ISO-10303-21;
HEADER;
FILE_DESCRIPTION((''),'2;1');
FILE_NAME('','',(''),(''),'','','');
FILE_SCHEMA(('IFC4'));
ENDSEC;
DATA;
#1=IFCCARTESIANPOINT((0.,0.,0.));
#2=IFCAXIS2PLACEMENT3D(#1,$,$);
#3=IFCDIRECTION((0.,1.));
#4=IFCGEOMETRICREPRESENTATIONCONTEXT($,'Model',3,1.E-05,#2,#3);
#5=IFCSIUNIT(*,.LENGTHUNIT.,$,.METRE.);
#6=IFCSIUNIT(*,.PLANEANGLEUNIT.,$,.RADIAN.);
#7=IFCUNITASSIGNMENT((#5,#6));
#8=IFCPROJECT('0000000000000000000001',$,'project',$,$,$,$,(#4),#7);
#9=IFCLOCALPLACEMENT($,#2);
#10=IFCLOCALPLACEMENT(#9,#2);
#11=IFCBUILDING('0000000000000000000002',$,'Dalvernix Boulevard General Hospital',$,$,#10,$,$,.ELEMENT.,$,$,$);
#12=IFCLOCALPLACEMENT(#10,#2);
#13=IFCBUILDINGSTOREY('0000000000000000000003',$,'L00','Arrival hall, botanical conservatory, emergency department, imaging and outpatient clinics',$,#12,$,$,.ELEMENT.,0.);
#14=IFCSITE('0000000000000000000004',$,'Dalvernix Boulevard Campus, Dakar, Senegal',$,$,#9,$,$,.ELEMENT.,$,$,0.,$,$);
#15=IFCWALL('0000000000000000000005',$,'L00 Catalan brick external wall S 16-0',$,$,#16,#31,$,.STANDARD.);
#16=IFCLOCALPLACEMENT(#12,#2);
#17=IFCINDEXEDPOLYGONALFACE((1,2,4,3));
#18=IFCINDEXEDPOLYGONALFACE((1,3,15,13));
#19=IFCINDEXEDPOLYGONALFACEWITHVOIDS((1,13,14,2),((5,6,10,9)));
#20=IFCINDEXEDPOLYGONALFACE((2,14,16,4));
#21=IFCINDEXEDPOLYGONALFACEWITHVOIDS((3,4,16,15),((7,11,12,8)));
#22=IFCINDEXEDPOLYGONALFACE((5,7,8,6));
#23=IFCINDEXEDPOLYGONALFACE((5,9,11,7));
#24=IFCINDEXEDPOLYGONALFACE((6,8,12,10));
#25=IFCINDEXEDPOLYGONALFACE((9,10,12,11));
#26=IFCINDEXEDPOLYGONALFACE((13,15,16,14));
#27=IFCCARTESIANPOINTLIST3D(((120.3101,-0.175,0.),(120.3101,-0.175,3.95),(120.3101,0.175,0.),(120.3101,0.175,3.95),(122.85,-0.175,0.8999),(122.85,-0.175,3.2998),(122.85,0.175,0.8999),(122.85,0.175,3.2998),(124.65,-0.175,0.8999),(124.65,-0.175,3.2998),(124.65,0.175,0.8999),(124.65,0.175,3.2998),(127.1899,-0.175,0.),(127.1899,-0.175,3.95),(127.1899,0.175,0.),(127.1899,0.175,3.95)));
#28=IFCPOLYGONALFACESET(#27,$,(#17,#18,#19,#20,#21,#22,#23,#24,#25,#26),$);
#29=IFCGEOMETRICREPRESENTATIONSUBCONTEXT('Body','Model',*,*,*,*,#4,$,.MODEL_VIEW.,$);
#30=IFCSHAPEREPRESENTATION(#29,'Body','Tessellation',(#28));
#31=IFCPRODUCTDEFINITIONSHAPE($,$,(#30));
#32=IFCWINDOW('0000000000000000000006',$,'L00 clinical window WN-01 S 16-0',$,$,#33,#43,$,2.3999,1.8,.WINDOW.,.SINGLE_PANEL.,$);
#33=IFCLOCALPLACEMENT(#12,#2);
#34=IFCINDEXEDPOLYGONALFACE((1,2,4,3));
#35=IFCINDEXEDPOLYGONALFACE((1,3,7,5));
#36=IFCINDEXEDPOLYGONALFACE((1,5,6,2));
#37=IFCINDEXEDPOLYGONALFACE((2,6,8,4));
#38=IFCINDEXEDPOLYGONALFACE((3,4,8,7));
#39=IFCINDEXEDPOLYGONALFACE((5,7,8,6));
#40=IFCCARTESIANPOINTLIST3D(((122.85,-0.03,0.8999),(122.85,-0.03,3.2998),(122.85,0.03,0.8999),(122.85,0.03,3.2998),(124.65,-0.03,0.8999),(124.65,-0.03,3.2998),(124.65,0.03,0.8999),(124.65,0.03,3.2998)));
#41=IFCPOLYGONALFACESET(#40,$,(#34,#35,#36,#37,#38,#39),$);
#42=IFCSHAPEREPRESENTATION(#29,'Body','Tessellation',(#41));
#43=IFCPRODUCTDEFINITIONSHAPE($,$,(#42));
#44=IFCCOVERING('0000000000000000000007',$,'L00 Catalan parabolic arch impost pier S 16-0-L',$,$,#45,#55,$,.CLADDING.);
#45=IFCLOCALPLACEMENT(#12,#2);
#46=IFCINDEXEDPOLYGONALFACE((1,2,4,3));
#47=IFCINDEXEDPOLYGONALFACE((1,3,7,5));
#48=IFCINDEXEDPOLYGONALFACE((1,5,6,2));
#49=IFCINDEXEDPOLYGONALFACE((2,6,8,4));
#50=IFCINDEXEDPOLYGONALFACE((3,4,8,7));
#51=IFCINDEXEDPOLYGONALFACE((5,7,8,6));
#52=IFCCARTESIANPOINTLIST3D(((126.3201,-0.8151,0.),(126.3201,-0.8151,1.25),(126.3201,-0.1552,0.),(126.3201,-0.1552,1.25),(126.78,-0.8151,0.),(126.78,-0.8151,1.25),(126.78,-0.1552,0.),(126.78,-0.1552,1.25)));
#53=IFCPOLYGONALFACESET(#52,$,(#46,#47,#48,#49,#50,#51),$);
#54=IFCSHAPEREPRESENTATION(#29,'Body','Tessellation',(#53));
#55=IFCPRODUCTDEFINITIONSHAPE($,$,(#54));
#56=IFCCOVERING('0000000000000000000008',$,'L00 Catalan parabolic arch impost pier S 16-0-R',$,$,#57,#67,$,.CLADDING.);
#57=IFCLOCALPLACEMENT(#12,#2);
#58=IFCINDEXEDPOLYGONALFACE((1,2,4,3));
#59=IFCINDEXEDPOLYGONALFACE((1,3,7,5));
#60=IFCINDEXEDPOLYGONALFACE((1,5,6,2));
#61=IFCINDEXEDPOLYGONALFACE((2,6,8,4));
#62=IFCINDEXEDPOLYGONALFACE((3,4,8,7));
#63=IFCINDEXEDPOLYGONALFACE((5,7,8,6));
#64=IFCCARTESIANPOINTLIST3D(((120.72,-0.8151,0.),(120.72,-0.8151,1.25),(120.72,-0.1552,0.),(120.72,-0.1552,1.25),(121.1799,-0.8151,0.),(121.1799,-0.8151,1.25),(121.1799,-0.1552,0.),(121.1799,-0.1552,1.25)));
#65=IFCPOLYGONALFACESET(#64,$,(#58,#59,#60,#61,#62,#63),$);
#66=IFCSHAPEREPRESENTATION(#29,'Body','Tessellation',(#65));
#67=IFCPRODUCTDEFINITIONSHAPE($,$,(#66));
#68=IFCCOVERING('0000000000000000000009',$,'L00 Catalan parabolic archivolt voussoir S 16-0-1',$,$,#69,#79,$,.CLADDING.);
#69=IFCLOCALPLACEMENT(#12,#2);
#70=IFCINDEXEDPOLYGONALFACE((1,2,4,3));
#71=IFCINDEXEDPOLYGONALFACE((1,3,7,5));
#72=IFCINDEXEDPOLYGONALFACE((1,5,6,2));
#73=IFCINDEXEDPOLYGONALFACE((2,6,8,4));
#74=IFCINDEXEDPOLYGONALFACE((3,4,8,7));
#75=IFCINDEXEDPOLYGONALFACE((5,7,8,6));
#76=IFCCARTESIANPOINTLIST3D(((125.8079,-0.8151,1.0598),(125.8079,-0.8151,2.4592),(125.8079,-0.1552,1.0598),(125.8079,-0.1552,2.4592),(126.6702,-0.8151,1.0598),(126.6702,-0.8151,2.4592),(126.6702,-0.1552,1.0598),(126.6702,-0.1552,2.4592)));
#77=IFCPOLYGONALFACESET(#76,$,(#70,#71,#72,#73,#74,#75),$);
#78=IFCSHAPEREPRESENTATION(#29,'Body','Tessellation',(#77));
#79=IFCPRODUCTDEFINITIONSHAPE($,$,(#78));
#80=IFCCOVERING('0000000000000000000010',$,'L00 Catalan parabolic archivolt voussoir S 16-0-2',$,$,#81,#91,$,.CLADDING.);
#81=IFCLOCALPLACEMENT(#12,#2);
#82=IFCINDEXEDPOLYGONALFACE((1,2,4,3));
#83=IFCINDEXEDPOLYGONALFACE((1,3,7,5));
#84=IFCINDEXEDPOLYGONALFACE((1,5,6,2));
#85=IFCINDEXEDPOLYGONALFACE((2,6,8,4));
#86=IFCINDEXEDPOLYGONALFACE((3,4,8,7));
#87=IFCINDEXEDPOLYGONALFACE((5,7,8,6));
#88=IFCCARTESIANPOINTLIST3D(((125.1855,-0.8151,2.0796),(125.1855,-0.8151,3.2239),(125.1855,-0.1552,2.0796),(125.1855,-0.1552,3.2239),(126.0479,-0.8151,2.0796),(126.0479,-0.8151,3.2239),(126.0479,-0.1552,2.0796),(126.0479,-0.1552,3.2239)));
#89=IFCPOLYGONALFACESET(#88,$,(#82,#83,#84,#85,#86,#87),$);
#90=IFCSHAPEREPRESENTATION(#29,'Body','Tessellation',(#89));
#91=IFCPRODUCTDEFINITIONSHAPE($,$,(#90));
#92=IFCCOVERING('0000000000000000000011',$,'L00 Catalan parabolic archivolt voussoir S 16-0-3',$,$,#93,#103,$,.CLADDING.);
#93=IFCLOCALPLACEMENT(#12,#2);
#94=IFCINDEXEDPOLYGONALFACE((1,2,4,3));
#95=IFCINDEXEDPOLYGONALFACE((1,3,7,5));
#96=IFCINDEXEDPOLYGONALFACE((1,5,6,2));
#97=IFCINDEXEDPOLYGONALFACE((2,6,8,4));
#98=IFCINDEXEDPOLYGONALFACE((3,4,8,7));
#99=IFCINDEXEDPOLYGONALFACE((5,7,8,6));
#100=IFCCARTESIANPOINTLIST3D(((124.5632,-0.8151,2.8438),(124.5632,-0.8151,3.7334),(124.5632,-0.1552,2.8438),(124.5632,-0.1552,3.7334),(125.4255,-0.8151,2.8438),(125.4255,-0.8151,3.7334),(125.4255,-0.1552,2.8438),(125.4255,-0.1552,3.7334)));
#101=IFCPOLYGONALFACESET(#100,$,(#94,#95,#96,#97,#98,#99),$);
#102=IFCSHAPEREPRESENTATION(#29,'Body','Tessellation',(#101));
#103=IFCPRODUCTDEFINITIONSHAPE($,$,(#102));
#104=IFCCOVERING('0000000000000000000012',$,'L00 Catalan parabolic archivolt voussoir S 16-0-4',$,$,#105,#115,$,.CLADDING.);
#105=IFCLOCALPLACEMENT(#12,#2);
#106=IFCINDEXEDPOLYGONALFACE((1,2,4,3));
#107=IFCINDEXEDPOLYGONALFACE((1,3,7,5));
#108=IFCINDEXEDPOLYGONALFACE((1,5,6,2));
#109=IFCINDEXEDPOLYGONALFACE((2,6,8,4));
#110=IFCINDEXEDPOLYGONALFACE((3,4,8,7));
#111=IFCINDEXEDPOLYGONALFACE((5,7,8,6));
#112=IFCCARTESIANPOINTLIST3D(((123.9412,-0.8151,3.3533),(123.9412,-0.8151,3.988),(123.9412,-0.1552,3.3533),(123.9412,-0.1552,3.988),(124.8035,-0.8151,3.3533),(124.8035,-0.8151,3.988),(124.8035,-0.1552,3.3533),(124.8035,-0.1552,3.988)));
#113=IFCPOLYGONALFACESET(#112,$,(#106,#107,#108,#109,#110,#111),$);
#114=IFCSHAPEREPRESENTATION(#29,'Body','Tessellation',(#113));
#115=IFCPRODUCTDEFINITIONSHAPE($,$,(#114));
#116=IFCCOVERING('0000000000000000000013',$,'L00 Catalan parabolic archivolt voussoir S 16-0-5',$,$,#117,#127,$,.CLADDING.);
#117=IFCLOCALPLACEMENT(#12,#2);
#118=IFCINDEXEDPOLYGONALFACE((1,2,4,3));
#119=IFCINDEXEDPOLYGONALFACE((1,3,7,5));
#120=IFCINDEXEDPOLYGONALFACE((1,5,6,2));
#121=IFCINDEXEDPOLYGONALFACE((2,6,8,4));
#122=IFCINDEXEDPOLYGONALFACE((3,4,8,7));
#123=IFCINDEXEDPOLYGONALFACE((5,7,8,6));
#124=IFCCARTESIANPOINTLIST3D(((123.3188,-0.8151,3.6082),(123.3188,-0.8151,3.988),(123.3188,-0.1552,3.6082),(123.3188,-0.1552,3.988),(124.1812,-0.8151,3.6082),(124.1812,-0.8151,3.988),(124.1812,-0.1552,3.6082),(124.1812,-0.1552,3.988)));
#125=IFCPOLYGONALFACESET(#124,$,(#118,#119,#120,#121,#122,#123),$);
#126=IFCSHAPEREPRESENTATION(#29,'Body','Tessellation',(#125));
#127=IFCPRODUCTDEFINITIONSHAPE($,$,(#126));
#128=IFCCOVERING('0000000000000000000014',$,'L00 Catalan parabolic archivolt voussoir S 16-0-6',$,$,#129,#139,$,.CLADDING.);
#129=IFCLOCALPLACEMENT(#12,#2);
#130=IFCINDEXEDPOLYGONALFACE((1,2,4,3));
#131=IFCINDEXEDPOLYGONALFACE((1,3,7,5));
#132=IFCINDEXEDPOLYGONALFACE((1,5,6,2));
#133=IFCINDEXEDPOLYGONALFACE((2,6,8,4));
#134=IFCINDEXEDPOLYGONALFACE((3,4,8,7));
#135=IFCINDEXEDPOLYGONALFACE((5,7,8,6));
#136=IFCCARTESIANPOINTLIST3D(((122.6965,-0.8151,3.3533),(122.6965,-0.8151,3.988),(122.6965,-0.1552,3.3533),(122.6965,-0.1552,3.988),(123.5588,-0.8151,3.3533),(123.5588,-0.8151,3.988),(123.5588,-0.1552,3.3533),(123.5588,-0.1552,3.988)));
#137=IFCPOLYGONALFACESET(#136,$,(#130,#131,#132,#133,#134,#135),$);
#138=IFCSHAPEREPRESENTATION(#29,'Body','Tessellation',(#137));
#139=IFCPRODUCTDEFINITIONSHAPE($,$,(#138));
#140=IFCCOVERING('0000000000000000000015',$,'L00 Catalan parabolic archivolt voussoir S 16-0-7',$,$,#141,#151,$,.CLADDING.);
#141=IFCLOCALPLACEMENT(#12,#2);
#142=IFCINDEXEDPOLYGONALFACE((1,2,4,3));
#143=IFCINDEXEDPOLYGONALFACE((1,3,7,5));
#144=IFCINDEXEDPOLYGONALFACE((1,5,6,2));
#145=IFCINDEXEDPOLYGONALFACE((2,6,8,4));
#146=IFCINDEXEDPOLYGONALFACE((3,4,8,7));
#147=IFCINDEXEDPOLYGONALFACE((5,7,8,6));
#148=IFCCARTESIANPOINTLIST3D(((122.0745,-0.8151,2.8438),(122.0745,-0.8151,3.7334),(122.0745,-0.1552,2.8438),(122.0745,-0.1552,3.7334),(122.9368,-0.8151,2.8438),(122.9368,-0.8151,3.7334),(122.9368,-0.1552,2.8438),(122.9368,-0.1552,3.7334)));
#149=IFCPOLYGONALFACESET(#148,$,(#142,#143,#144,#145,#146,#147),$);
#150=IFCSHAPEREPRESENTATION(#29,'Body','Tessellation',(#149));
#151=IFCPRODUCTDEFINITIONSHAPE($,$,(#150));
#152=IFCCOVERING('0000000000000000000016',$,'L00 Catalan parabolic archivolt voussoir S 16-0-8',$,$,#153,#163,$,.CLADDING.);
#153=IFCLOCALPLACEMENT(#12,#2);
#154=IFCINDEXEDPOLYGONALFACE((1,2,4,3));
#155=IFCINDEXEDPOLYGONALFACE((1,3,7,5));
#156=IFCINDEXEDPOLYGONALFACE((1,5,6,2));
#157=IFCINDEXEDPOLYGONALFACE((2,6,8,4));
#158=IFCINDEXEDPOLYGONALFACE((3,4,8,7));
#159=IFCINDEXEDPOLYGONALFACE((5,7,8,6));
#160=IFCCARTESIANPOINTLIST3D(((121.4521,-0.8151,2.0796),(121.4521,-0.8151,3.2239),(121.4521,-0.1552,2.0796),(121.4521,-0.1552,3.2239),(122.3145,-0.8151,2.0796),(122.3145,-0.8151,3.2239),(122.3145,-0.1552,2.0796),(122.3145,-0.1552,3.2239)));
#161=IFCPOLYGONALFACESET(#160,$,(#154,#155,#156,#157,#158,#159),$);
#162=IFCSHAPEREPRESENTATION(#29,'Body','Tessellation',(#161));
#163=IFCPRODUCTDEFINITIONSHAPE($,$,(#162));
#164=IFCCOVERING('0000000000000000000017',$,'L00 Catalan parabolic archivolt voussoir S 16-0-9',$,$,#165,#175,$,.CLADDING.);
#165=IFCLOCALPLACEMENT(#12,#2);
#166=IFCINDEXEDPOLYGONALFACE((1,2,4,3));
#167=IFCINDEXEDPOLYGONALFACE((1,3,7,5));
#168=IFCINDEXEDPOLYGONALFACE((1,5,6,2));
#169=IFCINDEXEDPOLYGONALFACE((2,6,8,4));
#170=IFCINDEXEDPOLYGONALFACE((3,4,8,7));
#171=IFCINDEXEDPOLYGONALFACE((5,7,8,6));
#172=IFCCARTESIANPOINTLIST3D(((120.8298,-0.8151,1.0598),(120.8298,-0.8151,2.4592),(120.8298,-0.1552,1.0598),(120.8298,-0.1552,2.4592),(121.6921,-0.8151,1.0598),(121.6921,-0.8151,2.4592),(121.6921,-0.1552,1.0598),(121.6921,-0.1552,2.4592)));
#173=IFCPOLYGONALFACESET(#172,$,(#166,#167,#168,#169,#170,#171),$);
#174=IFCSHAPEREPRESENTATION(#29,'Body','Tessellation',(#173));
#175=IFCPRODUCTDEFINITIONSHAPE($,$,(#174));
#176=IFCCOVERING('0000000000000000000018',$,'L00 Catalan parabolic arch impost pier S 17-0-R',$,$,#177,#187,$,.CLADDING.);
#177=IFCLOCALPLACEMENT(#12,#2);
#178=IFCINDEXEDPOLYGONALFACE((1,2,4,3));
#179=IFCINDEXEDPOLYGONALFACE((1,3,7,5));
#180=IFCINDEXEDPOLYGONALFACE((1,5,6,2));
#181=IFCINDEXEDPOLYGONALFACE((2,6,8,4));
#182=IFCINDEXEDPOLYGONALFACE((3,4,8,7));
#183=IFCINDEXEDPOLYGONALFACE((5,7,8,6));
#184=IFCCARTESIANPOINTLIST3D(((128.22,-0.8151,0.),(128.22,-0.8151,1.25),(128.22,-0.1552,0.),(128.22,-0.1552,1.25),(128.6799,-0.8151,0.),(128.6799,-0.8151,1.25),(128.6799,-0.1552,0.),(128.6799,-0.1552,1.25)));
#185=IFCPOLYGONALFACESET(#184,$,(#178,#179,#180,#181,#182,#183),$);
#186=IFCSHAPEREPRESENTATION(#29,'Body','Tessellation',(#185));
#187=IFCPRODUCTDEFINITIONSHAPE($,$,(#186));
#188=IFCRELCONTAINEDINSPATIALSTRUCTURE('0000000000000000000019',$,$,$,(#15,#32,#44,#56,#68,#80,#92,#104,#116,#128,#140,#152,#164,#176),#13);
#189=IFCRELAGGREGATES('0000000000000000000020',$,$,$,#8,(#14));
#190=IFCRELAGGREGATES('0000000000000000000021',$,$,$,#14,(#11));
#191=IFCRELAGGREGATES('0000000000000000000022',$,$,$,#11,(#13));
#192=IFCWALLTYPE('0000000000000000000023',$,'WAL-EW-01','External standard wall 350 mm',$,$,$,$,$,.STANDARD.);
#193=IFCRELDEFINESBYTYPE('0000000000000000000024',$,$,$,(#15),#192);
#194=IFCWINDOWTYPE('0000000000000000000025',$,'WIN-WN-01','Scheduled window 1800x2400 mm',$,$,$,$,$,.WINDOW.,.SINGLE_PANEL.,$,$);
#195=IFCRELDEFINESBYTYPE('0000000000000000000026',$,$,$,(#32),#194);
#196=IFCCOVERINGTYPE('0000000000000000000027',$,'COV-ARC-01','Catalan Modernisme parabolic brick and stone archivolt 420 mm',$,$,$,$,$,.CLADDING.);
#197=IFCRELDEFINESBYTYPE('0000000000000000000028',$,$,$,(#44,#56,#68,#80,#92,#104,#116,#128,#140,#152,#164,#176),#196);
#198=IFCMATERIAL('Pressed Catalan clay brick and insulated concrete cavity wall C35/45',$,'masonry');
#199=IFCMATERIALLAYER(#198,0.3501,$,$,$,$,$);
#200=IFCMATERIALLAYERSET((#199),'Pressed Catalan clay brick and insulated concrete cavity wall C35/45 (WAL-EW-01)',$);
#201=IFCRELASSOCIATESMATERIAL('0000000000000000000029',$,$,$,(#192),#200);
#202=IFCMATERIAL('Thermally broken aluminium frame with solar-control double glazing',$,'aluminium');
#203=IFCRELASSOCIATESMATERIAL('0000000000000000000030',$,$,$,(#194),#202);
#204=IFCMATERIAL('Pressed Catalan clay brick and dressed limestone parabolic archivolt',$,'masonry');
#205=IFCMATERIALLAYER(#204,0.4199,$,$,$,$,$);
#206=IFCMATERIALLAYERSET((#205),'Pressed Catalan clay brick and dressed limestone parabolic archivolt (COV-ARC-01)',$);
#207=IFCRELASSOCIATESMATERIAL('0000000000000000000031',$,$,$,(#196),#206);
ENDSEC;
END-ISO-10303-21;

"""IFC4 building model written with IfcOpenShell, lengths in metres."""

from ifc_helpers import new_model, si_unit, direction, frame, frame_2d, origin, origin_2d, place, context, subcontext, project, spatial, rectangle, extrude, material, layer, layer_set, type_object, element, fill, save


model = new_model("IFC4")

# Units and contexts
model_context = context("Model", 3, precision=1e-05, world=origin(), true_north=direction((0.0, 1.0)))
body_context = subcontext(model_context, "Body", "Model", "MODEL_VIEW")
ifc_project = project(units=[si_unit("LENGTHUNIT", "METRE"), si_unit("PLANEANGLEUNIT", "RADIAN")], contexts=[model_context])

# Site, building, storey
site_placement = place(None, origin())
site = spatial("IfcSite", under=ifc_project, at=site_placement, Name="Dalvernix Boulevard Campus, Dakar, Senegal", CompositionType="ELEMENT", RefElevation=0.0)
building_placement = place(site_placement, origin())
building = spatial("IfcBuilding", under=site, at=building_placement, Name="Dalvernix Boulevard General Hospital", CompositionType="ELEMENT")
storey_placement = place(building_placement, origin())
storey = spatial("IfcBuildingStorey", under=building, at=storey_placement, Name="L00", Description="Arrival hall, botanical conservatory, emergency department, imaging and outpatient clinics", CompositionType="ELEMENT", Elevation=0.0)

# Wall, opening, window
ifc_material_1 = material(Name="Pressed Catalan clay brick and insulated concrete cavity wall C35/45", Category="masonry")
ifc_layer_1 = layer(ifc_material_1, 0.3501)
ifc_layer_set_1 = layer_set([ifc_layer_1], Name="Pressed Catalan clay brick and insulated concrete cavity wall C35/45 (WAL-EW-01)")
wall_type = type_object("IfcWallType", Name="WAL-EW-01", Description="External standard wall 350 mm", PredefinedType="STANDARD", material=ifc_layer_set_1)
wall_placement = place(storey_placement, frame((127.1899, 0.0, 0.0), z_axis=(0.0, 0.0, 1.0), x_axis=(-1.0, 0.0, 0.0)))
wall = element("IfcWall", 1, at=wall_placement, inside=storey, type_object=wall_type, Name="L00 Catalan brick external wall S 16-0", PredefinedType="STANDARD", context=body_context, shape_type="SweptSolid", body=[
    extrude(rectangle(XDim=6.8799, YDim=0.3501, at=frame_2d((3.4399, 0.0))), origin(), (0.0, 0.0, 1.0), 3.95),
])
opening_placement = place(wall_placement, frame((2.54, 0.0, 0.8999)))
opening = element("IfcOpeningElement", 2, at=opening_placement, cuts=wall, PredefinedType="OPENING", context=body_context, shape_type="SweptSolid", body=[
    extrude(rectangle(XDim=1.8, YDim=2.3999, at=frame_2d((0.8999, 1.2))), frame((0.0, 0.1851, 0.0), z_axis=(0.0, -1.0, 0.0), x_axis=(1.0, 0.0, 0.0)), (0.0, 0.0, 1.0), 0.3701),
])
ifc_material_2 = material(Name="Thermally broken aluminium frame with solar-control double glazing", Category="aluminium")
window_type = type_object("IfcWindowType", Name="WIN-WN-01", Description="Scheduled window 1800x2400 mm", PartitioningType="SINGLE_PANEL", PredefinedType="WINDOW", material=ifc_material_2)
window_placement = place(opening_placement, origin())
window = element("IfcWindow", 3, at=window_placement, inside=storey, type_object=window_type, Name="L00 clinical window WN-01 S 16-0", OverallHeight=2.3999, OverallWidth=1.8, PartitioningType="SINGLE_PANEL", PredefinedType="WINDOW", context=body_context, shape_type="SweptSolid", body=[
    extrude(rectangle(XDim=1.8, YDim=2.3999, at=frame_2d((0.8999, 1.2))), frame((0.0, 0.03, 0.0), z_axis=(0.0, -1.0, 0.0), x_axis=(1.0, 0.0, 0.0)), (0.0, 0.0, 1.0), 0.0601),
])
fill(opening, window)

# Coverings
ifc_material_3 = material(Name="Pressed Catalan clay brick and dressed limestone parabolic archivolt", Category="masonry")
ifc_layer_2 = layer(ifc_material_3, 0.4199)
ifc_layer_set_2 = layer_set([ifc_layer_2], Name="Pressed Catalan clay brick and dressed limestone parabolic archivolt (COV-ARC-01)")
covering_type_1 = type_object("IfcCoveringType", Name="COV-ARC-01", Description="Catalan Modernisme parabolic brick and stone archivolt 420 mm", PredefinedType="CLADDING", material=ifc_layer_set_2)
for number, where, z_axis, x_axis, name in (
    (4, (126.55, -0.4851, 0.0), (0.0, 0.0, 1.0), (-1.0, 0.0, 0.0), "L00 Catalan parabolic arch impost pier S 16-0-L"),
    (5, (120.95, -0.4851, 0.0), (0.0, 0.0, 1.0), (-1.0, 0.0, 0.0), "L00 Catalan parabolic arch impost pier S 16-0-R"),
):
    element("IfcCovering", number, at=place(storey_placement, frame(where, z_axis=z_axis, x_axis=x_axis)), inside=storey, type_object=covering_type_1, Name=name, PredefinedType="CLADDING", context=body_context, shape_type="SweptSolid", body=[
        extrude(rectangle(XDim=0.46, YDim=0.6599, at=origin_2d()), origin(), (0.0, 0.0, 1.0), 1.25),
    ])
covering_1_placement = place(storey_placement, frame((126.239, -0.4851, 1.0598), z_axis=(0.0, 0.0, 1.0), x_axis=(-1.0, 0.0, 0.0)))
element("IfcCovering", 6, at=covering_1_placement, inside=storey, type_object=covering_type_1, Name="L00 Catalan parabolic archivolt voussoir S 16-0-1", PredefinedType="CLADDING", context=body_context, shape_type="SweptSolid", body=[
    extrude(rectangle(XDim=0.8623, YDim=0.6599, at=origin_2d()), origin(), (0.0, 0.0, 1.0), 1.3994),
])
covering_2_placement = place(storey_placement, frame((125.6167, -0.4851, 2.0796), z_axis=(0.0, 0.0, 1.0), x_axis=(-1.0, 0.0, 0.0)))
element("IfcCovering", 7, at=covering_2_placement, inside=storey, type_object=covering_type_1, Name="L00 Catalan parabolic archivolt voussoir S 16-0-2", PredefinedType="CLADDING", context=body_context, shape_type="SweptSolid", body=[
    extrude(rectangle(XDim=0.8623, YDim=0.6599, at=origin_2d()), origin(), (0.0, 0.0, 1.0), 1.1443),
])
covering_3_placement = place(storey_placement, frame((124.9944, -0.4851, 2.8438), z_axis=(0.0, 0.0, 1.0), x_axis=(-1.0, 0.0, 0.0)))
element("IfcCovering", 8, at=covering_3_placement, inside=storey, type_object=covering_type_1, Name="L00 Catalan parabolic archivolt voussoir S 16-0-3", PredefinedType="CLADDING", context=body_context, shape_type="SweptSolid", body=[
    extrude(rectangle(XDim=0.8623, YDim=0.6599, at=origin_2d()), origin(), (0.0, 0.0, 1.0), 0.8896),
])
covering_4_placement = place(storey_placement, frame((124.3723, -0.4851, 3.3533), z_axis=(0.0, 0.0, 1.0), x_axis=(-1.0, 0.0, 0.0)))
element("IfcCovering", 9, at=covering_4_placement, inside=storey, type_object=covering_type_1, Name="L00 Catalan parabolic archivolt voussoir S 16-0-4", PredefinedType="CLADDING", context=body_context, shape_type="SweptSolid", body=[
    extrude(rectangle(XDim=0.8623, YDim=0.6599, at=origin_2d()), origin(), (0.0, 0.0, 1.0), 0.6348),
])
covering_5_placement = place(storey_placement, frame((123.75, -0.4851, 3.6082), z_axis=(0.0, 0.0, 1.0), x_axis=(-1.0, 0.0, 0.0)))
element("IfcCovering", 10, at=covering_5_placement, inside=storey, type_object=covering_type_1, Name="L00 Catalan parabolic archivolt voussoir S 16-0-5", PredefinedType="CLADDING", context=body_context, shape_type="SweptSolid", body=[
    extrude(rectangle(XDim=0.8623, YDim=0.6599, at=origin_2d()), origin(), (0.0, 0.0, 1.0), 0.3799),
])
covering_6_placement = place(storey_placement, frame((123.1277, -0.4851, 3.3533), z_axis=(0.0, 0.0, 1.0), x_axis=(-1.0, 0.0, 0.0)))
element("IfcCovering", 11, at=covering_6_placement, inside=storey, type_object=covering_type_1, Name="L00 Catalan parabolic archivolt voussoir S 16-0-6", PredefinedType="CLADDING", context=body_context, shape_type="SweptSolid", body=[
    extrude(rectangle(XDim=0.8623, YDim=0.6599, at=origin_2d()), origin(), (0.0, 0.0, 1.0), 0.6348),
])
covering_7_placement = place(storey_placement, frame((122.5056, -0.4851, 2.8438), z_axis=(0.0, 0.0, 1.0), x_axis=(-1.0, 0.0, 0.0)))
element("IfcCovering", 12, at=covering_7_placement, inside=storey, type_object=covering_type_1, Name="L00 Catalan parabolic archivolt voussoir S 16-0-7", PredefinedType="CLADDING", context=body_context, shape_type="SweptSolid", body=[
    extrude(rectangle(XDim=0.8623, YDim=0.6599, at=origin_2d()), origin(), (0.0, 0.0, 1.0), 0.8896),
])
covering_8_placement = place(storey_placement, frame((121.8833, -0.4851, 2.0796), z_axis=(0.0, 0.0, 1.0), x_axis=(-1.0, 0.0, 0.0)))
element("IfcCovering", 13, at=covering_8_placement, inside=storey, type_object=covering_type_1, Name="L00 Catalan parabolic archivolt voussoir S 16-0-8", PredefinedType="CLADDING", context=body_context, shape_type="SweptSolid", body=[
    extrude(rectangle(XDim=0.8623, YDim=0.6599, at=origin_2d()), origin(), (0.0, 0.0, 1.0), 1.1443),
])
covering_9_placement = place(storey_placement, frame((121.261, -0.4851, 1.0598), z_axis=(0.0, 0.0, 1.0), x_axis=(-1.0, 0.0, 0.0)))
element("IfcCovering", 14, at=covering_9_placement, inside=storey, type_object=covering_type_1, Name="L00 Catalan parabolic archivolt voussoir S 16-0-9", PredefinedType="CLADDING", context=body_context, shape_type="SweptSolid", body=[
    extrude(rectangle(XDim=0.8623, YDim=0.6599, at=origin_2d()), origin(), (0.0, 0.0, 1.0), 1.3994),
])
covering_10_placement = place(storey_placement, frame((128.45, -0.4851, 0.0), z_axis=(0.0, 0.0, 1.0), x_axis=(-1.0, 0.0, 0.0)))
element("IfcCovering", 15, at=covering_10_placement, inside=storey, type_object=covering_type_1, Name="L00 Catalan parabolic arch impost pier S 17-0-R", PredefinedType="CLADDING", context=body_context, shape_type="SweptSolid", body=[
    extrude(rectangle(XDim=0.46, YDim=0.6599, at=origin_2d()), origin(), (0.0, 0.0, 1.0), 1.25),
])

save(model, "model.ifc")
